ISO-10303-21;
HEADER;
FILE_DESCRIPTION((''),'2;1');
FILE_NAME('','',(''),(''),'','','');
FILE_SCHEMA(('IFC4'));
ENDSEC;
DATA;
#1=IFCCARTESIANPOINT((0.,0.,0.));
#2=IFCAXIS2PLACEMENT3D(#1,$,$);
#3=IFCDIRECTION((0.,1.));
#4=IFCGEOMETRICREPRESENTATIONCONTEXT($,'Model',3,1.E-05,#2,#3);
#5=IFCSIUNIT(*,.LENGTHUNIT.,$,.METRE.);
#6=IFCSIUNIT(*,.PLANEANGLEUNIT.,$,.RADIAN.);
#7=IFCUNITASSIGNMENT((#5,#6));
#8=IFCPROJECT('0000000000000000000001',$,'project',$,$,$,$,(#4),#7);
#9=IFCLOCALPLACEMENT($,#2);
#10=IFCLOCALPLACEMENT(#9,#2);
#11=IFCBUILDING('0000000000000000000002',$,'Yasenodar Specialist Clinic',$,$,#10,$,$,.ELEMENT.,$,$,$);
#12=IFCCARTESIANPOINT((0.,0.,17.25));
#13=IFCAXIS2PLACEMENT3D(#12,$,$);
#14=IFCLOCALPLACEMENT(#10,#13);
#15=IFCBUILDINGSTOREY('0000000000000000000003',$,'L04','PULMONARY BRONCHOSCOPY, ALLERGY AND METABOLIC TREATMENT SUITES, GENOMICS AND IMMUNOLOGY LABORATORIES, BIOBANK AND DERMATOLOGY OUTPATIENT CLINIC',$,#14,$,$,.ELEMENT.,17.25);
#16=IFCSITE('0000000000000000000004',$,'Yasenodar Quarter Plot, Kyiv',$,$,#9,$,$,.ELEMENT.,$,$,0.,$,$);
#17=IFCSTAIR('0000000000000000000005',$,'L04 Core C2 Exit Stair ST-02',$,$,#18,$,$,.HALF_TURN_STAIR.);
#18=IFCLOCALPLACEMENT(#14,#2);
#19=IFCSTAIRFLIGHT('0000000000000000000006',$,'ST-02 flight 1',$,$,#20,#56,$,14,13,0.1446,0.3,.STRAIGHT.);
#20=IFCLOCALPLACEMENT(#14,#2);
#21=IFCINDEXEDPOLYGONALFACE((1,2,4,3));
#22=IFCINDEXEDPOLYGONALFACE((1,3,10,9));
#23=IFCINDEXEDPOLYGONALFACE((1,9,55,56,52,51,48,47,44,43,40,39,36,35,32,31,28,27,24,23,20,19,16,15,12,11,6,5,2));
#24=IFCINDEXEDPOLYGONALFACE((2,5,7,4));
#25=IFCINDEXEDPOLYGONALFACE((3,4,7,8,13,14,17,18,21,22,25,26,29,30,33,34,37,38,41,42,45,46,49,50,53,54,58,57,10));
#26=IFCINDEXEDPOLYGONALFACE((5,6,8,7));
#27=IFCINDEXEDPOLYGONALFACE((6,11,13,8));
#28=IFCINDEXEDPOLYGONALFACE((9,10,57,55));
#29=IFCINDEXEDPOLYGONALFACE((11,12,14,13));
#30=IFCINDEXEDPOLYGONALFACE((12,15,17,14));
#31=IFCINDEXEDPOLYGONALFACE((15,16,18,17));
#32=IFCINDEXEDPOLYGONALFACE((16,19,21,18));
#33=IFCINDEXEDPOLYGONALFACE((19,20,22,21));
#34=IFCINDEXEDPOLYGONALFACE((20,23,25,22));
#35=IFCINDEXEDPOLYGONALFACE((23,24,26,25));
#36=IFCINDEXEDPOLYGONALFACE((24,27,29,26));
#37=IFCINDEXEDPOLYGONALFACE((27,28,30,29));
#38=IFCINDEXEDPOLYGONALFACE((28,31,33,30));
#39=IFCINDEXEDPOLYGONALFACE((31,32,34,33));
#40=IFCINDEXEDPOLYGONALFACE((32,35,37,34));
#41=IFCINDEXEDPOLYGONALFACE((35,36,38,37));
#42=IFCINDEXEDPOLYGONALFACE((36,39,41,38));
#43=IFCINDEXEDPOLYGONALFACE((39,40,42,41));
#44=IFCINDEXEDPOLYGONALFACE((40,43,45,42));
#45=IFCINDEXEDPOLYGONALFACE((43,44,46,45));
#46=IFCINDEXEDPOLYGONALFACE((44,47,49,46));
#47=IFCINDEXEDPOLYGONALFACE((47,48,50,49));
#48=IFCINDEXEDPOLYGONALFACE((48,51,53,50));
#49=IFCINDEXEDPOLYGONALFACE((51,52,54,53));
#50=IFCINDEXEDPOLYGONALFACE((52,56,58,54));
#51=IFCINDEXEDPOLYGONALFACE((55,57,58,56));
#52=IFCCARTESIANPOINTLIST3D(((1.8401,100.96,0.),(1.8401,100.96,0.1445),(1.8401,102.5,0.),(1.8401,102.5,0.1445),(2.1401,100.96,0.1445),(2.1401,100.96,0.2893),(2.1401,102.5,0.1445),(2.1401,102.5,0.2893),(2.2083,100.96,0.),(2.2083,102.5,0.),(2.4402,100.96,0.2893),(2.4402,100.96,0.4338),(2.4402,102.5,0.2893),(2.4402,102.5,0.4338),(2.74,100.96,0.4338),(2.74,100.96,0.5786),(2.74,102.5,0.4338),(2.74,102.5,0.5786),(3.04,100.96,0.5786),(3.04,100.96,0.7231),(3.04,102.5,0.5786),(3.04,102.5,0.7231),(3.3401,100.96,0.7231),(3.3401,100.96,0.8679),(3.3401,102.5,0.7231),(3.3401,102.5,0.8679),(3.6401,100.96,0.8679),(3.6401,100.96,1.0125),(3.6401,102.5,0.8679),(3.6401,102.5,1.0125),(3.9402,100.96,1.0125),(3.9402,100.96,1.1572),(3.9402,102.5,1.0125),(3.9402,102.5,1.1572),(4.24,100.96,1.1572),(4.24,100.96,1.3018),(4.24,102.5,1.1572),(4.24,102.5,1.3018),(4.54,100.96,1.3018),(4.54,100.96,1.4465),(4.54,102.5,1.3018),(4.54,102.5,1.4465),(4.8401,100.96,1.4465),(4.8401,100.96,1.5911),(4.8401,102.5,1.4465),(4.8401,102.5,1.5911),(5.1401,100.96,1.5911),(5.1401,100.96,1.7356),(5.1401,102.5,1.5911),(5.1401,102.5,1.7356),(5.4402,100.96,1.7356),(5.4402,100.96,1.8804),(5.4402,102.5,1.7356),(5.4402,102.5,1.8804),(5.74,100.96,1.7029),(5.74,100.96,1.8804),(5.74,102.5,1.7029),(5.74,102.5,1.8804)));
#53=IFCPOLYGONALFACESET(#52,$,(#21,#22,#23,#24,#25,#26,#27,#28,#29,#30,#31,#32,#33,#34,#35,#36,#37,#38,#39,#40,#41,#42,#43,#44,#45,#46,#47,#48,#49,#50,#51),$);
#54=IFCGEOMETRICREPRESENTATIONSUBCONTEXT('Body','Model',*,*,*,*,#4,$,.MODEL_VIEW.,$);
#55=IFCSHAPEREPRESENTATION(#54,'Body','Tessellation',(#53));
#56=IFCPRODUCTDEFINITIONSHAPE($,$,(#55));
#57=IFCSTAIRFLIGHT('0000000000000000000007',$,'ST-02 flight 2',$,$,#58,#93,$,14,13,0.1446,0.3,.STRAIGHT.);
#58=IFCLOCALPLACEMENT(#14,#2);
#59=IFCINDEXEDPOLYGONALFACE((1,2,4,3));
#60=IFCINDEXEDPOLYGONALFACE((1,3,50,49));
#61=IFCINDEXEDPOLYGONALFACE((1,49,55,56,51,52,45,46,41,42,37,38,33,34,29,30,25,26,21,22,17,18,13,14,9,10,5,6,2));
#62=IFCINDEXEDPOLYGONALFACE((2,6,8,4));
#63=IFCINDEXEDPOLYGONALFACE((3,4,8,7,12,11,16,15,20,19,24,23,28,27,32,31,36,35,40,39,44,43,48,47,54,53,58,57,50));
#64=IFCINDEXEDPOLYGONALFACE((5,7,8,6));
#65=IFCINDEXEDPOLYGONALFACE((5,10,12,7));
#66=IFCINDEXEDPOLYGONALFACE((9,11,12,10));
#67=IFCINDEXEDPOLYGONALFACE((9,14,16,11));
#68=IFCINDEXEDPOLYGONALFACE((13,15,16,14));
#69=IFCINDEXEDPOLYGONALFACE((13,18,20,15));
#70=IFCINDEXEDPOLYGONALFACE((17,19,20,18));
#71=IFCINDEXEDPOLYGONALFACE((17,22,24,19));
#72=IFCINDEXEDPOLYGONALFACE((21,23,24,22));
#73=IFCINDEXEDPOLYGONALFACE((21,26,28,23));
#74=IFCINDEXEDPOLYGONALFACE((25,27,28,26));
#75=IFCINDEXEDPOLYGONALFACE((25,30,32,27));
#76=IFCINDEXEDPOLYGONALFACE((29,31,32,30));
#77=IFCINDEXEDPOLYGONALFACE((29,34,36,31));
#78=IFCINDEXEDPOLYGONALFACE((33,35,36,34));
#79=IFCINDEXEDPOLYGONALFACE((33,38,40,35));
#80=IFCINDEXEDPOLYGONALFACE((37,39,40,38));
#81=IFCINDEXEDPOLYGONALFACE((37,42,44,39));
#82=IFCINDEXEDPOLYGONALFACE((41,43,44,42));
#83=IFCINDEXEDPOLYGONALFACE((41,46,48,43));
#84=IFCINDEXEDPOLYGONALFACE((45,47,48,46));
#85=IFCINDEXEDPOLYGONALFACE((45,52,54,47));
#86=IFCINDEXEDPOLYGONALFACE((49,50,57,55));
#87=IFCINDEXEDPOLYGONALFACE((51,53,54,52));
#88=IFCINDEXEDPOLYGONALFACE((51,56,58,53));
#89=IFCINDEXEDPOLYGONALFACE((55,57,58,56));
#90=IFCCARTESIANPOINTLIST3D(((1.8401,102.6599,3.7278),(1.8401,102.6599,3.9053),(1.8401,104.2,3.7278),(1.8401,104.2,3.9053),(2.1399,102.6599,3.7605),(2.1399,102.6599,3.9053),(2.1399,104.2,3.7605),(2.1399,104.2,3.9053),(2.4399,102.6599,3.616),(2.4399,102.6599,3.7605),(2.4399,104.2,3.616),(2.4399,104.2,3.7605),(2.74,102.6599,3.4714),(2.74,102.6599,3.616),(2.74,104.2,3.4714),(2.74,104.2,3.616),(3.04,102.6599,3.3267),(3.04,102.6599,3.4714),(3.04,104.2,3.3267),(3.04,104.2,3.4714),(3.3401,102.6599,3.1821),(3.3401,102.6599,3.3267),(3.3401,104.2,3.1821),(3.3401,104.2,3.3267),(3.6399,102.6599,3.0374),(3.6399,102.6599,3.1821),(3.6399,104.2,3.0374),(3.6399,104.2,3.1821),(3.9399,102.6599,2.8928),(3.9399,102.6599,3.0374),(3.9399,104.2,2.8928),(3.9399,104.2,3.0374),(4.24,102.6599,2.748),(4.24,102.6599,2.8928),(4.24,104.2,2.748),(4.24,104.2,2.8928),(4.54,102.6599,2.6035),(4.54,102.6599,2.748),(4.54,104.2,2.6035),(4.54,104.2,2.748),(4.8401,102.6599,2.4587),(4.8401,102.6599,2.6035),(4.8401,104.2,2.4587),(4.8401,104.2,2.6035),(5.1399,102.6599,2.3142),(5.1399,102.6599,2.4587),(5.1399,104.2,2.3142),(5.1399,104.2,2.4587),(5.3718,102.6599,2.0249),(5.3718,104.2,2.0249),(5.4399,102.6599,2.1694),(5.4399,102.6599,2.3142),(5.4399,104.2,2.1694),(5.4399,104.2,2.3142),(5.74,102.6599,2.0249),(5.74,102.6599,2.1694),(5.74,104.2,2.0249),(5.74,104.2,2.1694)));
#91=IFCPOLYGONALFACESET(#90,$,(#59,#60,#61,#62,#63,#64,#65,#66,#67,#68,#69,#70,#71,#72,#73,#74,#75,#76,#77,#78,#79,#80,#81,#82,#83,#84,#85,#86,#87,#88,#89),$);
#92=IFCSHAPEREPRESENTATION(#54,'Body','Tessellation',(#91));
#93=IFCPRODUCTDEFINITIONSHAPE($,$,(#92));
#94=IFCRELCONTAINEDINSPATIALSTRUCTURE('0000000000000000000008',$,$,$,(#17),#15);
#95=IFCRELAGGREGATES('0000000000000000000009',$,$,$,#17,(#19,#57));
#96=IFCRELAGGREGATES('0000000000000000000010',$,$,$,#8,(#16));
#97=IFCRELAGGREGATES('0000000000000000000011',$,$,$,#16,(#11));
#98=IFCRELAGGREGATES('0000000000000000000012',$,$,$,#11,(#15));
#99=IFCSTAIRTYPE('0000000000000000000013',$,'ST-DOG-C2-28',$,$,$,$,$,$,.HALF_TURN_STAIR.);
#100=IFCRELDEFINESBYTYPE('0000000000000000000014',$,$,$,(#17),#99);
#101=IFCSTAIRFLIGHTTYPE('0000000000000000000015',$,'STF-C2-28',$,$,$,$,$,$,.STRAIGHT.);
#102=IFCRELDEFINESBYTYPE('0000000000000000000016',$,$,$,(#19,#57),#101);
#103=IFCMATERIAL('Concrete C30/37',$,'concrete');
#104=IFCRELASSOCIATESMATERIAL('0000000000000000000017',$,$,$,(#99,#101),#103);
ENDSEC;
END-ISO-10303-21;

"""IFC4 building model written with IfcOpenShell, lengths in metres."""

from ifc_helpers import new_model, si_unit, direction, frame, origin, place, context, subcontext, project, spatial, polyline, outline, extrude, material, type_object, element, aggregate, save


model = new_model("IFC4")

# Units and contexts
model_context = context("Model", 3, precision=1e-05, world=origin(), true_north=direction((0.0, 1.0)))
body_context = subcontext(model_context, "Body", "Model", "MODEL_VIEW")
ifc_project = project(units=[si_unit("LENGTHUNIT", "METRE"), si_unit("PLANEANGLEUNIT", "RADIAN")], contexts=[model_context])

# Site, building, storey
site_placement = place(None, origin())
site = spatial("IfcSite", under=ifc_project, at=site_placement, Name="Yasenodar Quarter Plot, Kyiv", CompositionType="ELEMENT", RefElevation=0.0)
building_placement = place(site_placement, origin())
building = spatial("IfcBuilding", under=site, at=building_placement, Name="Yasenodar Specialist Clinic", CompositionType="ELEMENT")
storey_placement = place(building_placement, frame((0.0, 0.0, 17.25)))
storey = spatial("IfcBuildingStorey", under=building, at=storey_placement, Name="L04", Description="PULMONARY BRONCHOSCOPY, ALLERGY AND METABOLIC TREATMENT SUITES, GENOMICS AND IMMUNOLOGY LABORATORIES, BIOBANK AND DERMATOLOGY OUTPATIENT CLINIC", CompositionType="ELEMENT", Elevation=17.25)

# Stair, stair flights
ifc_material_1 = material(Name="Concrete C30/37", Category="concrete")
stair_type = type_object("IfcStairType", Name="ST-DOG-C2-28", PredefinedType="HALF_TURN_STAIR", material=ifc_material_1)
stair_placement = place(storey_placement, origin())
stair = element("IfcStair", 1, at=stair_placement, inside=storey, type_object=stair_type, Name="L04 Core C2 Exit Stair ST-02", PredefinedType="HALF_TURN_STAIR")
stair_flight_type = type_object("IfcStairFlightType", Name="STF-C2-28", PredefinedType="STRAIGHT", material=ifc_material_1)
stair_flight_1_placement = place(storey_placement, frame((1.8401, 101.73, 0.0), z_axis=(0.0, 0.0, 1.0), x_axis=(1.0, 0.0, 0.0)))
stair_flight_1 = element("IfcStairFlight", 2, at=stair_flight_1_placement, type_object=stair_flight_type, Name="ST-02 flight 1", NumberOfRisers=14, NumberOfTreads=13, PredefinedType="STRAIGHT", RiserHeight=0.1446, TreadLength=0.3, context=body_context, shape_type="SweptSolid", body=[
    extrude(outline(polyline([(0.0, 0.0), (0.0, 0.1445), (0.3, 0.1445), (0.3, 0.2893), (0.6001, 0.2893), (0.6001, 0.4338), (0.8999, 0.4338), (0.8999, 0.5786), (1.2, 0.5786), (1.2, 0.7231), (1.5, 0.7231), (1.5, 0.8679), (1.8, 0.8679), (1.8, 1.0125), (2.1001, 1.0125), (2.1001, 1.1572), (2.3999, 1.1572), (2.3999, 1.3018), (2.7, 1.3018), (2.7, 1.4465), (3.0, 1.4465), (3.0, 1.5911), (3.3, 1.5911), (3.3, 1.7356), (3.6001, 1.7356), (3.6001, 1.8804), (3.8999, 1.8804), (3.8999, 2.0249), (3.8999, 1.7029), (0.3682, 0.0), (0.0, 0.0)])), frame((0.0, 0.77, 0.0), z_axis=(0.0, -1.0, 0.0), x_axis=(1.0, 0.0, 0.0)), (0.0, 0.0, 1.0), 1.54),
])
stair_flight_2_placement = place(storey_placement, frame((5.74, 103.4299, 2.0249), z_axis=(0.0, 0.0, 1.0), x_axis=(-1.0, 0.0, 0.0)))
stair_flight_2 = element("IfcStairFlight", 3, at=stair_flight_2_placement, type_object=stair_flight_type, Name="ST-02 flight 2", NumberOfRisers=14, NumberOfTreads=13, PredefinedType="STRAIGHT", RiserHeight=0.1446, TreadLength=0.3, context=body_context, shape_type="SweptSolid", body=[
    extrude(outline(polyline([(0.0, 0.0), (0.0, 0.1445), (0.3, 0.1445), (0.3, 0.2893), (0.6001, 0.2893), (0.6001, 0.4338), (0.8999, 0.4338), (0.8999, 0.5786), (1.2, 0.5786), (1.2, 0.7231), (1.5, 0.7231), (1.5, 0.8679), (1.8, 0.8679), (1.8, 1.0125), (2.1001, 1.0125), (2.1001, 1.1572), (2.3999, 1.1572), (2.3999, 1.3018), (2.7, 1.3018), (2.7, 1.4465), (3.0, 1.4465), (3.0, 1.5911), (3.3, 1.5911), (3.3, 1.7356), (3.6001, 1.7356), (3.6001, 1.8804), (3.8999, 1.8804), (3.8999, 2.0249), (3.8999, 1.7029), (0.3682, 0.0), (0.0, 0.0)])), frame((0.0, 0.77, 0.0), z_axis=(0.0, -1.0, 0.0), x_axis=(1.0, 0.0, 0.0)), (0.0, 0.0, 1.0), 1.54),
])
aggregate(stair, [stair_flight_1, stair_flight_2])

save(model, "model.ifc")
